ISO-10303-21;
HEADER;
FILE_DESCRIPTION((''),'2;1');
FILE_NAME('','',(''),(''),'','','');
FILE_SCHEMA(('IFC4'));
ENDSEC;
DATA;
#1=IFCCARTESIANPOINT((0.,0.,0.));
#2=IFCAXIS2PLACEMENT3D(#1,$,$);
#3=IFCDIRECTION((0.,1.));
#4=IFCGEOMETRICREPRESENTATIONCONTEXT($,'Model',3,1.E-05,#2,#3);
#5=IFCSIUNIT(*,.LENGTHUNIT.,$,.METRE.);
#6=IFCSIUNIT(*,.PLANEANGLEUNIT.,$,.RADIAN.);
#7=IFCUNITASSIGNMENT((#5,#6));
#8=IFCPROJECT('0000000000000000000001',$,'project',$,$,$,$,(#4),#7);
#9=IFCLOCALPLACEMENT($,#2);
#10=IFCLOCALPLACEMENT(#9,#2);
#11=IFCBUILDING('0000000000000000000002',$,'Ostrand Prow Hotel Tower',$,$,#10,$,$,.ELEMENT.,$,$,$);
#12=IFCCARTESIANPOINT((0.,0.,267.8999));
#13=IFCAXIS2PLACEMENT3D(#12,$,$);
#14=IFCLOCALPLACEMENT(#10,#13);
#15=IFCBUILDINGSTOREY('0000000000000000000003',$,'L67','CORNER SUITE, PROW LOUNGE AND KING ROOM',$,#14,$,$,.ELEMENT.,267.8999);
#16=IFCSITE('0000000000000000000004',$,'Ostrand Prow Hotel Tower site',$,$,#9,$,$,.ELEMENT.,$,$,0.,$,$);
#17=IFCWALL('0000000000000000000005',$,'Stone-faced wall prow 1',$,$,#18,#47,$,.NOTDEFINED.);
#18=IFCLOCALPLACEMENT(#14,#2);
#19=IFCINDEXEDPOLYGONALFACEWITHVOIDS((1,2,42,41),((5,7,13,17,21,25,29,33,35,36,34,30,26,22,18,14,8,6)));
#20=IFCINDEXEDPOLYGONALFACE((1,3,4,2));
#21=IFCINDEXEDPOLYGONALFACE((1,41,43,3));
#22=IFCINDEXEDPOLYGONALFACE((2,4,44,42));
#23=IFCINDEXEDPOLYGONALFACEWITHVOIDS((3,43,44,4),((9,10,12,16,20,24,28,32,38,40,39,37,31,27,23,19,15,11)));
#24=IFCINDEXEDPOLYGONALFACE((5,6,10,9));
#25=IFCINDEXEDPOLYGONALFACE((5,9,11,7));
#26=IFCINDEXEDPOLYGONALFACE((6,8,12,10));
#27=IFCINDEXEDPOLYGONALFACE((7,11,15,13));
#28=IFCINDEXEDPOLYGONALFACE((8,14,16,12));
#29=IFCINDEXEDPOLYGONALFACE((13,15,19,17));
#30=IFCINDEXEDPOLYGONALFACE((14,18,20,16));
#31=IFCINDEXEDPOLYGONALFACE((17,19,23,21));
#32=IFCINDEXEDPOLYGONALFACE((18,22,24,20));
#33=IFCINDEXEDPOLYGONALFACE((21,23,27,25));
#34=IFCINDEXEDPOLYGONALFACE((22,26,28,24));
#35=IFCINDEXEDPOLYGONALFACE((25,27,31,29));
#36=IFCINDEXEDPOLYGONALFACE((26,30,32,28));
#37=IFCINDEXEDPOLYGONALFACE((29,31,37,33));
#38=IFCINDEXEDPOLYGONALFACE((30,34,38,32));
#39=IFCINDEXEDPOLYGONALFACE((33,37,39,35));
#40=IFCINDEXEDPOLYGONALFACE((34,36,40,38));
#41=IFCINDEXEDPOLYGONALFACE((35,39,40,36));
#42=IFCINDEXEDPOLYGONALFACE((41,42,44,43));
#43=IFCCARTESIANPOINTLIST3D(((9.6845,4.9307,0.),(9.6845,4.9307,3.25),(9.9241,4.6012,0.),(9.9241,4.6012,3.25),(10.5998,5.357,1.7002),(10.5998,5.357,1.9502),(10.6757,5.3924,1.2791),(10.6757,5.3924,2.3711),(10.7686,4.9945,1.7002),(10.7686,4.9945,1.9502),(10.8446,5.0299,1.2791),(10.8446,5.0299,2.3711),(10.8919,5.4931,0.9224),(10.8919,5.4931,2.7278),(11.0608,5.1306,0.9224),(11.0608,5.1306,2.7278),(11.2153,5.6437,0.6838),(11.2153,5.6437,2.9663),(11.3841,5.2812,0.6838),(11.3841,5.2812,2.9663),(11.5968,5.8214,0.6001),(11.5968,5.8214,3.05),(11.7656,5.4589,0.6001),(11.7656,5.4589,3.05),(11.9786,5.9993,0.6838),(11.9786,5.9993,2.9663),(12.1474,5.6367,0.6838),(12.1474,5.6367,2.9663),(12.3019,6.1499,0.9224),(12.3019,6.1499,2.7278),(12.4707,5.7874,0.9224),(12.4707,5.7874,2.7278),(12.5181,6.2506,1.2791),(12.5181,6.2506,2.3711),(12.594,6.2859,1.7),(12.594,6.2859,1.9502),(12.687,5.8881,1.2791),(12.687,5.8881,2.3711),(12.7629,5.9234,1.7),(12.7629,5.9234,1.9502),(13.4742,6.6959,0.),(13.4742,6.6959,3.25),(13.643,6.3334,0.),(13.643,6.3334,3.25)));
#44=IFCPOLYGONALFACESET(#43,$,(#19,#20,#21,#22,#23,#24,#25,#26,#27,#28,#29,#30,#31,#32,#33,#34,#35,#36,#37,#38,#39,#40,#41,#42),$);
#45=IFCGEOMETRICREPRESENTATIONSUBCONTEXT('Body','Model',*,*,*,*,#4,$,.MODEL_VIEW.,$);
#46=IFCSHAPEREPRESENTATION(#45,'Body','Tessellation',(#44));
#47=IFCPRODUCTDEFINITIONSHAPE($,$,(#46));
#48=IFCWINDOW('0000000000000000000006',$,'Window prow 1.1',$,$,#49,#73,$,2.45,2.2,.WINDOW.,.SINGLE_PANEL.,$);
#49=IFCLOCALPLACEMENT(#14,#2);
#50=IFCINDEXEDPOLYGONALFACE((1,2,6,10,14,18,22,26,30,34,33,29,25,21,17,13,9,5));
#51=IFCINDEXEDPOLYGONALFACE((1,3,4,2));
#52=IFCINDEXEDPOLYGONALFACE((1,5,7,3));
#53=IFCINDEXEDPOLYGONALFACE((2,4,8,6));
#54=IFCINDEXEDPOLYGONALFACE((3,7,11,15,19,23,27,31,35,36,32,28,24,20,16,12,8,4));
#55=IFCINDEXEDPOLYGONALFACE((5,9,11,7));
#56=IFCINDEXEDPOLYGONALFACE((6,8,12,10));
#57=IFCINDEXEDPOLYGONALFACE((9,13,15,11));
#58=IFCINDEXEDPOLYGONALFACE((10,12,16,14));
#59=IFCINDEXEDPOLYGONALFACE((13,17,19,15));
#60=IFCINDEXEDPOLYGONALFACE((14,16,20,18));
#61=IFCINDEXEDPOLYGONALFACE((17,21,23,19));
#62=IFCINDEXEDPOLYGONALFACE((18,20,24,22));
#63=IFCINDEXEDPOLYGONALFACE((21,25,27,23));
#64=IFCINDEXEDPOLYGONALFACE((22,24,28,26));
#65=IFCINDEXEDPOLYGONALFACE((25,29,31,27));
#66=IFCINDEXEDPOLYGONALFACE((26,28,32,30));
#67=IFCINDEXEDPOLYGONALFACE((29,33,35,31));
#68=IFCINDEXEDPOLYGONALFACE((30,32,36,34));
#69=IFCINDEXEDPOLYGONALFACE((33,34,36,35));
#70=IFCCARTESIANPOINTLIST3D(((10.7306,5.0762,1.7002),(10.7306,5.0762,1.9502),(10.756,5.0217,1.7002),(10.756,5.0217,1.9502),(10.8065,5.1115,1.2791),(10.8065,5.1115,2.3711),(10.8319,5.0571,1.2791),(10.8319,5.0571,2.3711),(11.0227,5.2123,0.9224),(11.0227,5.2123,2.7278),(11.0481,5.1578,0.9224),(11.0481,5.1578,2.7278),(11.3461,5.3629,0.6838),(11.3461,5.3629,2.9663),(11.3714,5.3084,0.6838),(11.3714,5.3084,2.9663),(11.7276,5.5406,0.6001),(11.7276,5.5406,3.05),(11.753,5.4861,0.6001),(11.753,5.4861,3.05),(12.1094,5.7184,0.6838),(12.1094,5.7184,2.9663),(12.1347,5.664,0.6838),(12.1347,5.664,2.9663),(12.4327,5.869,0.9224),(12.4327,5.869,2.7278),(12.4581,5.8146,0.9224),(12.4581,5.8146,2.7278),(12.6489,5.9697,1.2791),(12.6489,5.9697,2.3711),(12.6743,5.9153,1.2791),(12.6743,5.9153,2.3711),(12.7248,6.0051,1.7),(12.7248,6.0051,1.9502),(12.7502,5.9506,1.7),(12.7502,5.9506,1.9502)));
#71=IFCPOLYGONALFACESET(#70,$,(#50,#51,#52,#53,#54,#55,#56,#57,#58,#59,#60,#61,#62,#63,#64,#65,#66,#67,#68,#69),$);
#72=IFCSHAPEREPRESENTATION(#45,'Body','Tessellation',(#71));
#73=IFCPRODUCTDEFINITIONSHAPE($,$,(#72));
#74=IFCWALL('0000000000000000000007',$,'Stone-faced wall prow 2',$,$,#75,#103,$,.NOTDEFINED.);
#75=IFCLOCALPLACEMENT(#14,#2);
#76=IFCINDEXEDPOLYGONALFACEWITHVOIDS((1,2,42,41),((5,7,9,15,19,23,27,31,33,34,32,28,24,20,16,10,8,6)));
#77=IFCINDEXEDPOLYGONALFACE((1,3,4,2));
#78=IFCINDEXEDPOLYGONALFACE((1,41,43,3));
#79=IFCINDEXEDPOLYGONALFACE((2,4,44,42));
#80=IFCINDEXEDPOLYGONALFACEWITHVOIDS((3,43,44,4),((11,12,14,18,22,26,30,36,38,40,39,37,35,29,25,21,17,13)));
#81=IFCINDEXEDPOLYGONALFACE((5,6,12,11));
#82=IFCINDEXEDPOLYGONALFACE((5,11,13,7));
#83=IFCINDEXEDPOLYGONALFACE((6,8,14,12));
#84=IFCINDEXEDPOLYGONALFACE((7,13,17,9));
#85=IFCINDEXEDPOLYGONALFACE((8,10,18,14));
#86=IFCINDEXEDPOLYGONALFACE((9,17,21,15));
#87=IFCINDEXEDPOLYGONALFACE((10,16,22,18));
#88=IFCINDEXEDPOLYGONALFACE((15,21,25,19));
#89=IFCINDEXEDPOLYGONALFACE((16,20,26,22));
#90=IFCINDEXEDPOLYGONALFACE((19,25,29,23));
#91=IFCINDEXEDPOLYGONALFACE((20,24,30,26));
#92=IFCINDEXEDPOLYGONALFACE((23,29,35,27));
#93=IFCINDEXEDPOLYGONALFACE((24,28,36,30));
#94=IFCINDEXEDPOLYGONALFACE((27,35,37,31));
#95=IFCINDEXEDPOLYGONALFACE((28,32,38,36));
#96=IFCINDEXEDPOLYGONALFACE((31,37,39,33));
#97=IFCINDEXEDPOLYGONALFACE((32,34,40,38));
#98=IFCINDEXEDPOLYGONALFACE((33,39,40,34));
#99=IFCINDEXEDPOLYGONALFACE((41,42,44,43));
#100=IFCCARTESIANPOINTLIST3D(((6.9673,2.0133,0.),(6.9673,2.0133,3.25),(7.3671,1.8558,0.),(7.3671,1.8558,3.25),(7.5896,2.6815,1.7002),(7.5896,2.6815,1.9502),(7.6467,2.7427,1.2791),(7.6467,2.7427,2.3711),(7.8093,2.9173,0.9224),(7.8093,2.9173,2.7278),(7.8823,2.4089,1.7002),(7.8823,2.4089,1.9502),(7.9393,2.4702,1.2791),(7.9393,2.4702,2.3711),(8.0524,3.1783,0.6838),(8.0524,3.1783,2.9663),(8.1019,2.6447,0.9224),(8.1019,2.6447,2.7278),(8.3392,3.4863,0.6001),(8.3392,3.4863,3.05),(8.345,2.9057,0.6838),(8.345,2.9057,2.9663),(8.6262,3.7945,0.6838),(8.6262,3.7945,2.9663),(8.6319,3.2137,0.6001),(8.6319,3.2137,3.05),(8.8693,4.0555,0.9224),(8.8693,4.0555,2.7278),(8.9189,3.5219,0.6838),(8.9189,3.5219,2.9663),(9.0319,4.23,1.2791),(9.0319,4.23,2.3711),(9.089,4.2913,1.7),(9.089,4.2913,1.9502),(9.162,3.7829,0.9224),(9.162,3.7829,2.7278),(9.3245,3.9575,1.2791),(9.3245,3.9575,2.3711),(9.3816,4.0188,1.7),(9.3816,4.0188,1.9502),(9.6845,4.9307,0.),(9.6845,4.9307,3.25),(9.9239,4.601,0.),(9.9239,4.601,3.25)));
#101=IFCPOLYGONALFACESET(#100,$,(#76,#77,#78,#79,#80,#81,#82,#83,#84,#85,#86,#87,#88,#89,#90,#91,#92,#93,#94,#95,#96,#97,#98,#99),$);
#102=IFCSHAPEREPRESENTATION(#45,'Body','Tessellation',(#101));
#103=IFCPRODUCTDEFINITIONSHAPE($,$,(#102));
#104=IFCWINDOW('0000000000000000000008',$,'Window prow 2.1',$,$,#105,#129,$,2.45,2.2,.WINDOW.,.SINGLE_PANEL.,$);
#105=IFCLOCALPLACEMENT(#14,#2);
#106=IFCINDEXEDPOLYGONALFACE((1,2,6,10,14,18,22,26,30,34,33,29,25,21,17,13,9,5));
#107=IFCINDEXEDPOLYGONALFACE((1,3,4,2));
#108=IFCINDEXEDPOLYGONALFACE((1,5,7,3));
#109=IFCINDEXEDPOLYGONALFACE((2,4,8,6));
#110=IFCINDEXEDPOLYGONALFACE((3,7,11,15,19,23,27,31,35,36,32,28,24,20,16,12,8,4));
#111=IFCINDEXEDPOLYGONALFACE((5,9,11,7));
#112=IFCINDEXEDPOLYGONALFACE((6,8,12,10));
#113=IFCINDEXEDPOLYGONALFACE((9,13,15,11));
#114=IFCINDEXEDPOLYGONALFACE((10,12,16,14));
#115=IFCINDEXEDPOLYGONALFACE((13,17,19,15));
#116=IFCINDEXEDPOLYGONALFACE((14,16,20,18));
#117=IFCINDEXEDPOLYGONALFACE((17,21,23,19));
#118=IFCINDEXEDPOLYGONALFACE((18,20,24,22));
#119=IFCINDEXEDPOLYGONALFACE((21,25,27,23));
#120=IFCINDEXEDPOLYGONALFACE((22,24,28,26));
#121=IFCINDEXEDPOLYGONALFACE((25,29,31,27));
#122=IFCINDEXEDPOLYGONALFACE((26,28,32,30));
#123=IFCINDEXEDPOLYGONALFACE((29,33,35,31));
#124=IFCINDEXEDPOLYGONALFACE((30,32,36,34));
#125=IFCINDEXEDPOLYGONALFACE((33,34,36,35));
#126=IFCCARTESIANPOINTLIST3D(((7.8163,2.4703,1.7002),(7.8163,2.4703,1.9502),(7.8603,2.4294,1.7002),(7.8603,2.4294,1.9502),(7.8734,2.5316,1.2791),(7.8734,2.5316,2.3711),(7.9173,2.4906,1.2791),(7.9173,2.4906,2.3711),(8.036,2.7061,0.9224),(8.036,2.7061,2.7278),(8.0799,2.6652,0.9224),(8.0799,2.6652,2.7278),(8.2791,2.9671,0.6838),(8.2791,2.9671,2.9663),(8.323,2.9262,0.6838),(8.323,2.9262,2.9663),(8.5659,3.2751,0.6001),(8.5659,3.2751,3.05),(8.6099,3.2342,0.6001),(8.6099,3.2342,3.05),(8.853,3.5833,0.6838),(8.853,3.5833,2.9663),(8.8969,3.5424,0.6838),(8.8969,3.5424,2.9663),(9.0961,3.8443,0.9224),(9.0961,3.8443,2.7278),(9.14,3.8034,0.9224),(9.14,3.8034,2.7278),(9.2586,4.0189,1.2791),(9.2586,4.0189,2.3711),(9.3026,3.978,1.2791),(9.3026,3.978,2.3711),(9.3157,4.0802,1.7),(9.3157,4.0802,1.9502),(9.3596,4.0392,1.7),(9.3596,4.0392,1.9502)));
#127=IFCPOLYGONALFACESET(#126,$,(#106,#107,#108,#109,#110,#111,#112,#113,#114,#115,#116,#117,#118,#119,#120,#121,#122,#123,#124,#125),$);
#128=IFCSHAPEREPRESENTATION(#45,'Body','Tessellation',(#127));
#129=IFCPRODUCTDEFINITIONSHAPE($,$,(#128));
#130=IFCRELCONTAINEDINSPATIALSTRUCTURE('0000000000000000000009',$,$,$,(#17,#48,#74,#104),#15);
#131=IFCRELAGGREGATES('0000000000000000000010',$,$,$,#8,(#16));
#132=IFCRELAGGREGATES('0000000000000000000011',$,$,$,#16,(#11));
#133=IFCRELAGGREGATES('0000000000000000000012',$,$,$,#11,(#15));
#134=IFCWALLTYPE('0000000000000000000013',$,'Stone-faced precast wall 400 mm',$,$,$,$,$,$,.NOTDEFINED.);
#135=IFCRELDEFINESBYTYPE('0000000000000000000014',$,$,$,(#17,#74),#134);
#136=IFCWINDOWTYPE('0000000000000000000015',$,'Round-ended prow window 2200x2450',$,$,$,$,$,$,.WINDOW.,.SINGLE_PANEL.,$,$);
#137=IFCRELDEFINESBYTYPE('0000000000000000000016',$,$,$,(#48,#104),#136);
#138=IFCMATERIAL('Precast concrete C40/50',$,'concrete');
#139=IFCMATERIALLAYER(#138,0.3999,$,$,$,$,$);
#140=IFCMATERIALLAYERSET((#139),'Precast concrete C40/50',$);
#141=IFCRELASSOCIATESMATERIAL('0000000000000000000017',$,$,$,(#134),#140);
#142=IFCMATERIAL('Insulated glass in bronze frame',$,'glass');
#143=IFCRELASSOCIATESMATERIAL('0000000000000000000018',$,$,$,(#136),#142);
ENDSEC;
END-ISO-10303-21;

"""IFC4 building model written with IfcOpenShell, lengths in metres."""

from ifc_helpers import new_model, si_unit, direction, frame, origin, place, context, subcontext, project, spatial, polyline, outline, extrude, material, layer, layer_set, type_object, element, fill, save


model = new_model("IFC4")

# Units and contexts
model_context = context("Model", 3, precision=1e-05, world=origin(), true_north=direction((0.0, 1.0)))
body_context = subcontext(model_context, "Body", "Model", "MODEL_VIEW")
ifc_project = project(units=[si_unit("LENGTHUNIT", "METRE"), si_unit("PLANEANGLEUNIT", "RADIAN")], contexts=[model_context])

# Site, building, storey
site_placement = place(None, origin())
site = spatial("IfcSite", under=ifc_project, at=site_placement, Name="Ostrand Prow Hotel Tower site", CompositionType="ELEMENT", RefElevation=0.0)
building_placement = place(site_placement, origin())
building = spatial("IfcBuilding", under=site, at=building_placement, Name="Ostrand Prow Hotel Tower", CompositionType="ELEMENT")
storey_placement = place(building_placement, frame((0.0, 0.0, 267.8999)))
storey = spatial("IfcBuildingStorey", under=building, at=storey_placement, Name="L67", Description="CORNER SUITE, PROW LOUNGE AND KING ROOM", CompositionType="ELEMENT", Elevation=267.8999)

# Walls, openings, windows
ifc_material_1 = material(Name="Precast concrete C40/50", Category="concrete")
ifc_layer_1 = layer(ifc_material_1, 0.3999)
ifc_layer_set_1 = layer_set([ifc_layer_1], Name="Precast concrete C40/50")
wall_type_1 = type_object("IfcWallType", Name="Stone-faced precast wall 400 mm", PredefinedType="NOTDEFINED", material=ifc_layer_set_1)
wall_1_placement = place(storey_placement, frame((13.5586, 6.5146, 0.0), z_axis=(0.0, 0.0, 1.0), x_axis=(-0.906486, -0.422237, 0.0)))
wall_1 = element("IfcWall", 1, at=wall_1_placement, inside=storey, type_object=wall_type_1, Name="Stone-faced wall prow 1", PredefinedType="NOTDEFINED", context=body_context, shape_type="SweptSolid", body=[
    extrude(outline(polyline([(0.0, -0.2), (4.1807, -0.2), (4.1025, 0.2), (0.0, 0.2), (0.0, -0.2)])), origin(), (0.0, 0.0, 1.0), 3.25),
])
opening_1_placement = place(wall_1_placement, frame((0.9709, 0.0, 0.6001)))
opening_1 = element("IfcOpeningElement", 2, at=opening_1_placement, cuts=wall_1, PredefinedType="OPENING", context=body_context, shape_type="SweptSolid", body=[
    extrude(outline(polyline([(0.0, 1.3501), (0.0837, 1.771), (0.3223, 2.1277), (0.679, 2.3662), (1.1001, 2.45), (1.521, 2.3662), (1.8777, 2.1277), (2.1162, 1.771), (2.2, 1.3501), (2.2, 1.1001), (2.1162, 0.679), (1.8777, 0.3223), (1.521, 0.0837), (1.1001, 0.0), (0.679, 0.0837), (0.3223, 0.3223), (0.0837, 0.679), (0.0, 1.0999), (0.0, 1.3501)])), frame((0.0, 0.21, 0.0), z_axis=(0.0, -1.0, 0.0), x_axis=(1.0, 0.0, 0.0)), (0.0, 0.0, 1.0), 0.4199),
])
ifc_material_2 = material(Name="Insulated glass in bronze frame", Category="glass")
window_type = type_object("IfcWindowType", Name="Round-ended prow window 2200x2450", PartitioningType="SINGLE_PANEL", PredefinedType="WINDOW", material=ifc_material_2)
window_1_placement = place(opening_1_placement, origin())
window_1 = element("IfcWindow", 3, at=window_1_placement, inside=storey, type_object=window_type, Name="Window prow 1.1", OverallHeight=2.45, OverallWidth=2.2, PartitioningType="SINGLE_PANEL", PredefinedType="WINDOW", context=body_context, shape_type="SweptSolid", body=[
    extrude(outline(polyline([(0.0, 1.3501), (0.0837, 1.771), (0.3223, 2.1277), (0.679, 2.3662), (1.1001, 2.45), (1.521, 2.3662), (1.8777, 2.1277), (2.1162, 1.771), (2.2, 1.3501), (2.2, 1.1001), (2.1162, 0.679), (1.8777, 0.3223), (1.521, 0.0837), (1.1001, 0.0), (0.679, 0.0837), (0.3223, 0.3223), (0.0837, 0.679), (0.0, 1.0999), (0.0, 1.3501)])), frame((0.0, 0.1699, 0.0), z_axis=(0.0, -1.0, 0.0), x_axis=(1.0, 0.0, 0.0)), (0.0, 0.0, 1.0), 0.0601),
])
fill(opening_1, window_1)
wall_2_placement = place(storey_placement, frame((9.8042, 4.7659, 0.0), z_axis=(0.0, 0.0, 1.0), x_axis=(-0.681547, -0.731775, 0.0)))
wall_2 = element("IfcWall", 4, at=wall_2_placement, inside=storey, type_object=wall_type_1, Name="Stone-faced wall prow 2", PredefinedType="NOTDEFINED", context=body_context, shape_type="SweptSolid", body=[
    extrude(outline(polyline([(-0.0391, -0.2), (3.9478, -0.2), (3.7905, 0.2), (0.0391, 0.2), (-0.0391, -0.2)])), origin(), (0.0, 0.0, 1.0), 3.25),
])
opening_2_placement = place(wall_2_placement, frame((0.8347, 0.0, 0.6001)))
opening_2 = element("IfcOpeningElement", 5, at=opening_2_placement, cuts=wall_2, PredefinedType="OPENING", context=body_context, shape_type="SweptSolid", body=[
    extrude(outline(polyline([(0.0, 1.3501), (0.0837, 1.771), (0.3223, 2.1277), (0.679, 2.3662), (1.1001, 2.45), (1.521, 2.3662), (1.8777, 2.1277), (2.1162, 1.771), (2.2, 1.3501), (2.2, 1.1001), (2.1162, 0.679), (1.8777, 0.3223), (1.521, 0.0837), (1.1001, 0.0), (0.679, 0.0837), (0.3223, 0.3223), (0.0837, 0.679), (0.0, 1.0999), (0.0, 1.3501)])), frame((0.0, 0.21, 0.0), z_axis=(0.0, -1.0, 0.0), x_axis=(1.0, 0.0, 0.0)), (0.0, 0.0, 1.0), 0.4199),
])
window_2_placement = place(opening_2_placement, origin())
window_2 = element("IfcWindow", 6, at=window_2_placement, inside=storey, type_object=window_type, Name="Window prow 2.1", OverallHeight=2.45, OverallWidth=2.2, PartitioningType="SINGLE_PANEL", PredefinedType="WINDOW", context=body_context, shape_type="SweptSolid", body=[
    extrude(outline(polyline([(0.0, 1.3501), (0.0837, 1.771), (0.3223, 2.1277), (0.679, 2.3662), (1.1001, 2.45), (1.521, 2.3662), (1.8777, 2.1277), (2.1162, 1.771), (2.2, 1.3501), (2.2, 1.1001), (2.1162, 0.679), (1.8777, 0.3223), (1.521, 0.0837), (1.1001, 0.0), (0.679, 0.0837), (0.3223, 0.3223), (0.0837, 0.679), (0.0, 1.0999), (0.0, 1.3501)])), frame((0.0, 0.1699, 0.0), z_axis=(0.0, -1.0, 0.0), x_axis=(1.0, 0.0, 0.0)), (0.0, 0.0, 1.0), 0.0601),
])
fill(opening_2, window_2)

save(model, "model.ifc")
